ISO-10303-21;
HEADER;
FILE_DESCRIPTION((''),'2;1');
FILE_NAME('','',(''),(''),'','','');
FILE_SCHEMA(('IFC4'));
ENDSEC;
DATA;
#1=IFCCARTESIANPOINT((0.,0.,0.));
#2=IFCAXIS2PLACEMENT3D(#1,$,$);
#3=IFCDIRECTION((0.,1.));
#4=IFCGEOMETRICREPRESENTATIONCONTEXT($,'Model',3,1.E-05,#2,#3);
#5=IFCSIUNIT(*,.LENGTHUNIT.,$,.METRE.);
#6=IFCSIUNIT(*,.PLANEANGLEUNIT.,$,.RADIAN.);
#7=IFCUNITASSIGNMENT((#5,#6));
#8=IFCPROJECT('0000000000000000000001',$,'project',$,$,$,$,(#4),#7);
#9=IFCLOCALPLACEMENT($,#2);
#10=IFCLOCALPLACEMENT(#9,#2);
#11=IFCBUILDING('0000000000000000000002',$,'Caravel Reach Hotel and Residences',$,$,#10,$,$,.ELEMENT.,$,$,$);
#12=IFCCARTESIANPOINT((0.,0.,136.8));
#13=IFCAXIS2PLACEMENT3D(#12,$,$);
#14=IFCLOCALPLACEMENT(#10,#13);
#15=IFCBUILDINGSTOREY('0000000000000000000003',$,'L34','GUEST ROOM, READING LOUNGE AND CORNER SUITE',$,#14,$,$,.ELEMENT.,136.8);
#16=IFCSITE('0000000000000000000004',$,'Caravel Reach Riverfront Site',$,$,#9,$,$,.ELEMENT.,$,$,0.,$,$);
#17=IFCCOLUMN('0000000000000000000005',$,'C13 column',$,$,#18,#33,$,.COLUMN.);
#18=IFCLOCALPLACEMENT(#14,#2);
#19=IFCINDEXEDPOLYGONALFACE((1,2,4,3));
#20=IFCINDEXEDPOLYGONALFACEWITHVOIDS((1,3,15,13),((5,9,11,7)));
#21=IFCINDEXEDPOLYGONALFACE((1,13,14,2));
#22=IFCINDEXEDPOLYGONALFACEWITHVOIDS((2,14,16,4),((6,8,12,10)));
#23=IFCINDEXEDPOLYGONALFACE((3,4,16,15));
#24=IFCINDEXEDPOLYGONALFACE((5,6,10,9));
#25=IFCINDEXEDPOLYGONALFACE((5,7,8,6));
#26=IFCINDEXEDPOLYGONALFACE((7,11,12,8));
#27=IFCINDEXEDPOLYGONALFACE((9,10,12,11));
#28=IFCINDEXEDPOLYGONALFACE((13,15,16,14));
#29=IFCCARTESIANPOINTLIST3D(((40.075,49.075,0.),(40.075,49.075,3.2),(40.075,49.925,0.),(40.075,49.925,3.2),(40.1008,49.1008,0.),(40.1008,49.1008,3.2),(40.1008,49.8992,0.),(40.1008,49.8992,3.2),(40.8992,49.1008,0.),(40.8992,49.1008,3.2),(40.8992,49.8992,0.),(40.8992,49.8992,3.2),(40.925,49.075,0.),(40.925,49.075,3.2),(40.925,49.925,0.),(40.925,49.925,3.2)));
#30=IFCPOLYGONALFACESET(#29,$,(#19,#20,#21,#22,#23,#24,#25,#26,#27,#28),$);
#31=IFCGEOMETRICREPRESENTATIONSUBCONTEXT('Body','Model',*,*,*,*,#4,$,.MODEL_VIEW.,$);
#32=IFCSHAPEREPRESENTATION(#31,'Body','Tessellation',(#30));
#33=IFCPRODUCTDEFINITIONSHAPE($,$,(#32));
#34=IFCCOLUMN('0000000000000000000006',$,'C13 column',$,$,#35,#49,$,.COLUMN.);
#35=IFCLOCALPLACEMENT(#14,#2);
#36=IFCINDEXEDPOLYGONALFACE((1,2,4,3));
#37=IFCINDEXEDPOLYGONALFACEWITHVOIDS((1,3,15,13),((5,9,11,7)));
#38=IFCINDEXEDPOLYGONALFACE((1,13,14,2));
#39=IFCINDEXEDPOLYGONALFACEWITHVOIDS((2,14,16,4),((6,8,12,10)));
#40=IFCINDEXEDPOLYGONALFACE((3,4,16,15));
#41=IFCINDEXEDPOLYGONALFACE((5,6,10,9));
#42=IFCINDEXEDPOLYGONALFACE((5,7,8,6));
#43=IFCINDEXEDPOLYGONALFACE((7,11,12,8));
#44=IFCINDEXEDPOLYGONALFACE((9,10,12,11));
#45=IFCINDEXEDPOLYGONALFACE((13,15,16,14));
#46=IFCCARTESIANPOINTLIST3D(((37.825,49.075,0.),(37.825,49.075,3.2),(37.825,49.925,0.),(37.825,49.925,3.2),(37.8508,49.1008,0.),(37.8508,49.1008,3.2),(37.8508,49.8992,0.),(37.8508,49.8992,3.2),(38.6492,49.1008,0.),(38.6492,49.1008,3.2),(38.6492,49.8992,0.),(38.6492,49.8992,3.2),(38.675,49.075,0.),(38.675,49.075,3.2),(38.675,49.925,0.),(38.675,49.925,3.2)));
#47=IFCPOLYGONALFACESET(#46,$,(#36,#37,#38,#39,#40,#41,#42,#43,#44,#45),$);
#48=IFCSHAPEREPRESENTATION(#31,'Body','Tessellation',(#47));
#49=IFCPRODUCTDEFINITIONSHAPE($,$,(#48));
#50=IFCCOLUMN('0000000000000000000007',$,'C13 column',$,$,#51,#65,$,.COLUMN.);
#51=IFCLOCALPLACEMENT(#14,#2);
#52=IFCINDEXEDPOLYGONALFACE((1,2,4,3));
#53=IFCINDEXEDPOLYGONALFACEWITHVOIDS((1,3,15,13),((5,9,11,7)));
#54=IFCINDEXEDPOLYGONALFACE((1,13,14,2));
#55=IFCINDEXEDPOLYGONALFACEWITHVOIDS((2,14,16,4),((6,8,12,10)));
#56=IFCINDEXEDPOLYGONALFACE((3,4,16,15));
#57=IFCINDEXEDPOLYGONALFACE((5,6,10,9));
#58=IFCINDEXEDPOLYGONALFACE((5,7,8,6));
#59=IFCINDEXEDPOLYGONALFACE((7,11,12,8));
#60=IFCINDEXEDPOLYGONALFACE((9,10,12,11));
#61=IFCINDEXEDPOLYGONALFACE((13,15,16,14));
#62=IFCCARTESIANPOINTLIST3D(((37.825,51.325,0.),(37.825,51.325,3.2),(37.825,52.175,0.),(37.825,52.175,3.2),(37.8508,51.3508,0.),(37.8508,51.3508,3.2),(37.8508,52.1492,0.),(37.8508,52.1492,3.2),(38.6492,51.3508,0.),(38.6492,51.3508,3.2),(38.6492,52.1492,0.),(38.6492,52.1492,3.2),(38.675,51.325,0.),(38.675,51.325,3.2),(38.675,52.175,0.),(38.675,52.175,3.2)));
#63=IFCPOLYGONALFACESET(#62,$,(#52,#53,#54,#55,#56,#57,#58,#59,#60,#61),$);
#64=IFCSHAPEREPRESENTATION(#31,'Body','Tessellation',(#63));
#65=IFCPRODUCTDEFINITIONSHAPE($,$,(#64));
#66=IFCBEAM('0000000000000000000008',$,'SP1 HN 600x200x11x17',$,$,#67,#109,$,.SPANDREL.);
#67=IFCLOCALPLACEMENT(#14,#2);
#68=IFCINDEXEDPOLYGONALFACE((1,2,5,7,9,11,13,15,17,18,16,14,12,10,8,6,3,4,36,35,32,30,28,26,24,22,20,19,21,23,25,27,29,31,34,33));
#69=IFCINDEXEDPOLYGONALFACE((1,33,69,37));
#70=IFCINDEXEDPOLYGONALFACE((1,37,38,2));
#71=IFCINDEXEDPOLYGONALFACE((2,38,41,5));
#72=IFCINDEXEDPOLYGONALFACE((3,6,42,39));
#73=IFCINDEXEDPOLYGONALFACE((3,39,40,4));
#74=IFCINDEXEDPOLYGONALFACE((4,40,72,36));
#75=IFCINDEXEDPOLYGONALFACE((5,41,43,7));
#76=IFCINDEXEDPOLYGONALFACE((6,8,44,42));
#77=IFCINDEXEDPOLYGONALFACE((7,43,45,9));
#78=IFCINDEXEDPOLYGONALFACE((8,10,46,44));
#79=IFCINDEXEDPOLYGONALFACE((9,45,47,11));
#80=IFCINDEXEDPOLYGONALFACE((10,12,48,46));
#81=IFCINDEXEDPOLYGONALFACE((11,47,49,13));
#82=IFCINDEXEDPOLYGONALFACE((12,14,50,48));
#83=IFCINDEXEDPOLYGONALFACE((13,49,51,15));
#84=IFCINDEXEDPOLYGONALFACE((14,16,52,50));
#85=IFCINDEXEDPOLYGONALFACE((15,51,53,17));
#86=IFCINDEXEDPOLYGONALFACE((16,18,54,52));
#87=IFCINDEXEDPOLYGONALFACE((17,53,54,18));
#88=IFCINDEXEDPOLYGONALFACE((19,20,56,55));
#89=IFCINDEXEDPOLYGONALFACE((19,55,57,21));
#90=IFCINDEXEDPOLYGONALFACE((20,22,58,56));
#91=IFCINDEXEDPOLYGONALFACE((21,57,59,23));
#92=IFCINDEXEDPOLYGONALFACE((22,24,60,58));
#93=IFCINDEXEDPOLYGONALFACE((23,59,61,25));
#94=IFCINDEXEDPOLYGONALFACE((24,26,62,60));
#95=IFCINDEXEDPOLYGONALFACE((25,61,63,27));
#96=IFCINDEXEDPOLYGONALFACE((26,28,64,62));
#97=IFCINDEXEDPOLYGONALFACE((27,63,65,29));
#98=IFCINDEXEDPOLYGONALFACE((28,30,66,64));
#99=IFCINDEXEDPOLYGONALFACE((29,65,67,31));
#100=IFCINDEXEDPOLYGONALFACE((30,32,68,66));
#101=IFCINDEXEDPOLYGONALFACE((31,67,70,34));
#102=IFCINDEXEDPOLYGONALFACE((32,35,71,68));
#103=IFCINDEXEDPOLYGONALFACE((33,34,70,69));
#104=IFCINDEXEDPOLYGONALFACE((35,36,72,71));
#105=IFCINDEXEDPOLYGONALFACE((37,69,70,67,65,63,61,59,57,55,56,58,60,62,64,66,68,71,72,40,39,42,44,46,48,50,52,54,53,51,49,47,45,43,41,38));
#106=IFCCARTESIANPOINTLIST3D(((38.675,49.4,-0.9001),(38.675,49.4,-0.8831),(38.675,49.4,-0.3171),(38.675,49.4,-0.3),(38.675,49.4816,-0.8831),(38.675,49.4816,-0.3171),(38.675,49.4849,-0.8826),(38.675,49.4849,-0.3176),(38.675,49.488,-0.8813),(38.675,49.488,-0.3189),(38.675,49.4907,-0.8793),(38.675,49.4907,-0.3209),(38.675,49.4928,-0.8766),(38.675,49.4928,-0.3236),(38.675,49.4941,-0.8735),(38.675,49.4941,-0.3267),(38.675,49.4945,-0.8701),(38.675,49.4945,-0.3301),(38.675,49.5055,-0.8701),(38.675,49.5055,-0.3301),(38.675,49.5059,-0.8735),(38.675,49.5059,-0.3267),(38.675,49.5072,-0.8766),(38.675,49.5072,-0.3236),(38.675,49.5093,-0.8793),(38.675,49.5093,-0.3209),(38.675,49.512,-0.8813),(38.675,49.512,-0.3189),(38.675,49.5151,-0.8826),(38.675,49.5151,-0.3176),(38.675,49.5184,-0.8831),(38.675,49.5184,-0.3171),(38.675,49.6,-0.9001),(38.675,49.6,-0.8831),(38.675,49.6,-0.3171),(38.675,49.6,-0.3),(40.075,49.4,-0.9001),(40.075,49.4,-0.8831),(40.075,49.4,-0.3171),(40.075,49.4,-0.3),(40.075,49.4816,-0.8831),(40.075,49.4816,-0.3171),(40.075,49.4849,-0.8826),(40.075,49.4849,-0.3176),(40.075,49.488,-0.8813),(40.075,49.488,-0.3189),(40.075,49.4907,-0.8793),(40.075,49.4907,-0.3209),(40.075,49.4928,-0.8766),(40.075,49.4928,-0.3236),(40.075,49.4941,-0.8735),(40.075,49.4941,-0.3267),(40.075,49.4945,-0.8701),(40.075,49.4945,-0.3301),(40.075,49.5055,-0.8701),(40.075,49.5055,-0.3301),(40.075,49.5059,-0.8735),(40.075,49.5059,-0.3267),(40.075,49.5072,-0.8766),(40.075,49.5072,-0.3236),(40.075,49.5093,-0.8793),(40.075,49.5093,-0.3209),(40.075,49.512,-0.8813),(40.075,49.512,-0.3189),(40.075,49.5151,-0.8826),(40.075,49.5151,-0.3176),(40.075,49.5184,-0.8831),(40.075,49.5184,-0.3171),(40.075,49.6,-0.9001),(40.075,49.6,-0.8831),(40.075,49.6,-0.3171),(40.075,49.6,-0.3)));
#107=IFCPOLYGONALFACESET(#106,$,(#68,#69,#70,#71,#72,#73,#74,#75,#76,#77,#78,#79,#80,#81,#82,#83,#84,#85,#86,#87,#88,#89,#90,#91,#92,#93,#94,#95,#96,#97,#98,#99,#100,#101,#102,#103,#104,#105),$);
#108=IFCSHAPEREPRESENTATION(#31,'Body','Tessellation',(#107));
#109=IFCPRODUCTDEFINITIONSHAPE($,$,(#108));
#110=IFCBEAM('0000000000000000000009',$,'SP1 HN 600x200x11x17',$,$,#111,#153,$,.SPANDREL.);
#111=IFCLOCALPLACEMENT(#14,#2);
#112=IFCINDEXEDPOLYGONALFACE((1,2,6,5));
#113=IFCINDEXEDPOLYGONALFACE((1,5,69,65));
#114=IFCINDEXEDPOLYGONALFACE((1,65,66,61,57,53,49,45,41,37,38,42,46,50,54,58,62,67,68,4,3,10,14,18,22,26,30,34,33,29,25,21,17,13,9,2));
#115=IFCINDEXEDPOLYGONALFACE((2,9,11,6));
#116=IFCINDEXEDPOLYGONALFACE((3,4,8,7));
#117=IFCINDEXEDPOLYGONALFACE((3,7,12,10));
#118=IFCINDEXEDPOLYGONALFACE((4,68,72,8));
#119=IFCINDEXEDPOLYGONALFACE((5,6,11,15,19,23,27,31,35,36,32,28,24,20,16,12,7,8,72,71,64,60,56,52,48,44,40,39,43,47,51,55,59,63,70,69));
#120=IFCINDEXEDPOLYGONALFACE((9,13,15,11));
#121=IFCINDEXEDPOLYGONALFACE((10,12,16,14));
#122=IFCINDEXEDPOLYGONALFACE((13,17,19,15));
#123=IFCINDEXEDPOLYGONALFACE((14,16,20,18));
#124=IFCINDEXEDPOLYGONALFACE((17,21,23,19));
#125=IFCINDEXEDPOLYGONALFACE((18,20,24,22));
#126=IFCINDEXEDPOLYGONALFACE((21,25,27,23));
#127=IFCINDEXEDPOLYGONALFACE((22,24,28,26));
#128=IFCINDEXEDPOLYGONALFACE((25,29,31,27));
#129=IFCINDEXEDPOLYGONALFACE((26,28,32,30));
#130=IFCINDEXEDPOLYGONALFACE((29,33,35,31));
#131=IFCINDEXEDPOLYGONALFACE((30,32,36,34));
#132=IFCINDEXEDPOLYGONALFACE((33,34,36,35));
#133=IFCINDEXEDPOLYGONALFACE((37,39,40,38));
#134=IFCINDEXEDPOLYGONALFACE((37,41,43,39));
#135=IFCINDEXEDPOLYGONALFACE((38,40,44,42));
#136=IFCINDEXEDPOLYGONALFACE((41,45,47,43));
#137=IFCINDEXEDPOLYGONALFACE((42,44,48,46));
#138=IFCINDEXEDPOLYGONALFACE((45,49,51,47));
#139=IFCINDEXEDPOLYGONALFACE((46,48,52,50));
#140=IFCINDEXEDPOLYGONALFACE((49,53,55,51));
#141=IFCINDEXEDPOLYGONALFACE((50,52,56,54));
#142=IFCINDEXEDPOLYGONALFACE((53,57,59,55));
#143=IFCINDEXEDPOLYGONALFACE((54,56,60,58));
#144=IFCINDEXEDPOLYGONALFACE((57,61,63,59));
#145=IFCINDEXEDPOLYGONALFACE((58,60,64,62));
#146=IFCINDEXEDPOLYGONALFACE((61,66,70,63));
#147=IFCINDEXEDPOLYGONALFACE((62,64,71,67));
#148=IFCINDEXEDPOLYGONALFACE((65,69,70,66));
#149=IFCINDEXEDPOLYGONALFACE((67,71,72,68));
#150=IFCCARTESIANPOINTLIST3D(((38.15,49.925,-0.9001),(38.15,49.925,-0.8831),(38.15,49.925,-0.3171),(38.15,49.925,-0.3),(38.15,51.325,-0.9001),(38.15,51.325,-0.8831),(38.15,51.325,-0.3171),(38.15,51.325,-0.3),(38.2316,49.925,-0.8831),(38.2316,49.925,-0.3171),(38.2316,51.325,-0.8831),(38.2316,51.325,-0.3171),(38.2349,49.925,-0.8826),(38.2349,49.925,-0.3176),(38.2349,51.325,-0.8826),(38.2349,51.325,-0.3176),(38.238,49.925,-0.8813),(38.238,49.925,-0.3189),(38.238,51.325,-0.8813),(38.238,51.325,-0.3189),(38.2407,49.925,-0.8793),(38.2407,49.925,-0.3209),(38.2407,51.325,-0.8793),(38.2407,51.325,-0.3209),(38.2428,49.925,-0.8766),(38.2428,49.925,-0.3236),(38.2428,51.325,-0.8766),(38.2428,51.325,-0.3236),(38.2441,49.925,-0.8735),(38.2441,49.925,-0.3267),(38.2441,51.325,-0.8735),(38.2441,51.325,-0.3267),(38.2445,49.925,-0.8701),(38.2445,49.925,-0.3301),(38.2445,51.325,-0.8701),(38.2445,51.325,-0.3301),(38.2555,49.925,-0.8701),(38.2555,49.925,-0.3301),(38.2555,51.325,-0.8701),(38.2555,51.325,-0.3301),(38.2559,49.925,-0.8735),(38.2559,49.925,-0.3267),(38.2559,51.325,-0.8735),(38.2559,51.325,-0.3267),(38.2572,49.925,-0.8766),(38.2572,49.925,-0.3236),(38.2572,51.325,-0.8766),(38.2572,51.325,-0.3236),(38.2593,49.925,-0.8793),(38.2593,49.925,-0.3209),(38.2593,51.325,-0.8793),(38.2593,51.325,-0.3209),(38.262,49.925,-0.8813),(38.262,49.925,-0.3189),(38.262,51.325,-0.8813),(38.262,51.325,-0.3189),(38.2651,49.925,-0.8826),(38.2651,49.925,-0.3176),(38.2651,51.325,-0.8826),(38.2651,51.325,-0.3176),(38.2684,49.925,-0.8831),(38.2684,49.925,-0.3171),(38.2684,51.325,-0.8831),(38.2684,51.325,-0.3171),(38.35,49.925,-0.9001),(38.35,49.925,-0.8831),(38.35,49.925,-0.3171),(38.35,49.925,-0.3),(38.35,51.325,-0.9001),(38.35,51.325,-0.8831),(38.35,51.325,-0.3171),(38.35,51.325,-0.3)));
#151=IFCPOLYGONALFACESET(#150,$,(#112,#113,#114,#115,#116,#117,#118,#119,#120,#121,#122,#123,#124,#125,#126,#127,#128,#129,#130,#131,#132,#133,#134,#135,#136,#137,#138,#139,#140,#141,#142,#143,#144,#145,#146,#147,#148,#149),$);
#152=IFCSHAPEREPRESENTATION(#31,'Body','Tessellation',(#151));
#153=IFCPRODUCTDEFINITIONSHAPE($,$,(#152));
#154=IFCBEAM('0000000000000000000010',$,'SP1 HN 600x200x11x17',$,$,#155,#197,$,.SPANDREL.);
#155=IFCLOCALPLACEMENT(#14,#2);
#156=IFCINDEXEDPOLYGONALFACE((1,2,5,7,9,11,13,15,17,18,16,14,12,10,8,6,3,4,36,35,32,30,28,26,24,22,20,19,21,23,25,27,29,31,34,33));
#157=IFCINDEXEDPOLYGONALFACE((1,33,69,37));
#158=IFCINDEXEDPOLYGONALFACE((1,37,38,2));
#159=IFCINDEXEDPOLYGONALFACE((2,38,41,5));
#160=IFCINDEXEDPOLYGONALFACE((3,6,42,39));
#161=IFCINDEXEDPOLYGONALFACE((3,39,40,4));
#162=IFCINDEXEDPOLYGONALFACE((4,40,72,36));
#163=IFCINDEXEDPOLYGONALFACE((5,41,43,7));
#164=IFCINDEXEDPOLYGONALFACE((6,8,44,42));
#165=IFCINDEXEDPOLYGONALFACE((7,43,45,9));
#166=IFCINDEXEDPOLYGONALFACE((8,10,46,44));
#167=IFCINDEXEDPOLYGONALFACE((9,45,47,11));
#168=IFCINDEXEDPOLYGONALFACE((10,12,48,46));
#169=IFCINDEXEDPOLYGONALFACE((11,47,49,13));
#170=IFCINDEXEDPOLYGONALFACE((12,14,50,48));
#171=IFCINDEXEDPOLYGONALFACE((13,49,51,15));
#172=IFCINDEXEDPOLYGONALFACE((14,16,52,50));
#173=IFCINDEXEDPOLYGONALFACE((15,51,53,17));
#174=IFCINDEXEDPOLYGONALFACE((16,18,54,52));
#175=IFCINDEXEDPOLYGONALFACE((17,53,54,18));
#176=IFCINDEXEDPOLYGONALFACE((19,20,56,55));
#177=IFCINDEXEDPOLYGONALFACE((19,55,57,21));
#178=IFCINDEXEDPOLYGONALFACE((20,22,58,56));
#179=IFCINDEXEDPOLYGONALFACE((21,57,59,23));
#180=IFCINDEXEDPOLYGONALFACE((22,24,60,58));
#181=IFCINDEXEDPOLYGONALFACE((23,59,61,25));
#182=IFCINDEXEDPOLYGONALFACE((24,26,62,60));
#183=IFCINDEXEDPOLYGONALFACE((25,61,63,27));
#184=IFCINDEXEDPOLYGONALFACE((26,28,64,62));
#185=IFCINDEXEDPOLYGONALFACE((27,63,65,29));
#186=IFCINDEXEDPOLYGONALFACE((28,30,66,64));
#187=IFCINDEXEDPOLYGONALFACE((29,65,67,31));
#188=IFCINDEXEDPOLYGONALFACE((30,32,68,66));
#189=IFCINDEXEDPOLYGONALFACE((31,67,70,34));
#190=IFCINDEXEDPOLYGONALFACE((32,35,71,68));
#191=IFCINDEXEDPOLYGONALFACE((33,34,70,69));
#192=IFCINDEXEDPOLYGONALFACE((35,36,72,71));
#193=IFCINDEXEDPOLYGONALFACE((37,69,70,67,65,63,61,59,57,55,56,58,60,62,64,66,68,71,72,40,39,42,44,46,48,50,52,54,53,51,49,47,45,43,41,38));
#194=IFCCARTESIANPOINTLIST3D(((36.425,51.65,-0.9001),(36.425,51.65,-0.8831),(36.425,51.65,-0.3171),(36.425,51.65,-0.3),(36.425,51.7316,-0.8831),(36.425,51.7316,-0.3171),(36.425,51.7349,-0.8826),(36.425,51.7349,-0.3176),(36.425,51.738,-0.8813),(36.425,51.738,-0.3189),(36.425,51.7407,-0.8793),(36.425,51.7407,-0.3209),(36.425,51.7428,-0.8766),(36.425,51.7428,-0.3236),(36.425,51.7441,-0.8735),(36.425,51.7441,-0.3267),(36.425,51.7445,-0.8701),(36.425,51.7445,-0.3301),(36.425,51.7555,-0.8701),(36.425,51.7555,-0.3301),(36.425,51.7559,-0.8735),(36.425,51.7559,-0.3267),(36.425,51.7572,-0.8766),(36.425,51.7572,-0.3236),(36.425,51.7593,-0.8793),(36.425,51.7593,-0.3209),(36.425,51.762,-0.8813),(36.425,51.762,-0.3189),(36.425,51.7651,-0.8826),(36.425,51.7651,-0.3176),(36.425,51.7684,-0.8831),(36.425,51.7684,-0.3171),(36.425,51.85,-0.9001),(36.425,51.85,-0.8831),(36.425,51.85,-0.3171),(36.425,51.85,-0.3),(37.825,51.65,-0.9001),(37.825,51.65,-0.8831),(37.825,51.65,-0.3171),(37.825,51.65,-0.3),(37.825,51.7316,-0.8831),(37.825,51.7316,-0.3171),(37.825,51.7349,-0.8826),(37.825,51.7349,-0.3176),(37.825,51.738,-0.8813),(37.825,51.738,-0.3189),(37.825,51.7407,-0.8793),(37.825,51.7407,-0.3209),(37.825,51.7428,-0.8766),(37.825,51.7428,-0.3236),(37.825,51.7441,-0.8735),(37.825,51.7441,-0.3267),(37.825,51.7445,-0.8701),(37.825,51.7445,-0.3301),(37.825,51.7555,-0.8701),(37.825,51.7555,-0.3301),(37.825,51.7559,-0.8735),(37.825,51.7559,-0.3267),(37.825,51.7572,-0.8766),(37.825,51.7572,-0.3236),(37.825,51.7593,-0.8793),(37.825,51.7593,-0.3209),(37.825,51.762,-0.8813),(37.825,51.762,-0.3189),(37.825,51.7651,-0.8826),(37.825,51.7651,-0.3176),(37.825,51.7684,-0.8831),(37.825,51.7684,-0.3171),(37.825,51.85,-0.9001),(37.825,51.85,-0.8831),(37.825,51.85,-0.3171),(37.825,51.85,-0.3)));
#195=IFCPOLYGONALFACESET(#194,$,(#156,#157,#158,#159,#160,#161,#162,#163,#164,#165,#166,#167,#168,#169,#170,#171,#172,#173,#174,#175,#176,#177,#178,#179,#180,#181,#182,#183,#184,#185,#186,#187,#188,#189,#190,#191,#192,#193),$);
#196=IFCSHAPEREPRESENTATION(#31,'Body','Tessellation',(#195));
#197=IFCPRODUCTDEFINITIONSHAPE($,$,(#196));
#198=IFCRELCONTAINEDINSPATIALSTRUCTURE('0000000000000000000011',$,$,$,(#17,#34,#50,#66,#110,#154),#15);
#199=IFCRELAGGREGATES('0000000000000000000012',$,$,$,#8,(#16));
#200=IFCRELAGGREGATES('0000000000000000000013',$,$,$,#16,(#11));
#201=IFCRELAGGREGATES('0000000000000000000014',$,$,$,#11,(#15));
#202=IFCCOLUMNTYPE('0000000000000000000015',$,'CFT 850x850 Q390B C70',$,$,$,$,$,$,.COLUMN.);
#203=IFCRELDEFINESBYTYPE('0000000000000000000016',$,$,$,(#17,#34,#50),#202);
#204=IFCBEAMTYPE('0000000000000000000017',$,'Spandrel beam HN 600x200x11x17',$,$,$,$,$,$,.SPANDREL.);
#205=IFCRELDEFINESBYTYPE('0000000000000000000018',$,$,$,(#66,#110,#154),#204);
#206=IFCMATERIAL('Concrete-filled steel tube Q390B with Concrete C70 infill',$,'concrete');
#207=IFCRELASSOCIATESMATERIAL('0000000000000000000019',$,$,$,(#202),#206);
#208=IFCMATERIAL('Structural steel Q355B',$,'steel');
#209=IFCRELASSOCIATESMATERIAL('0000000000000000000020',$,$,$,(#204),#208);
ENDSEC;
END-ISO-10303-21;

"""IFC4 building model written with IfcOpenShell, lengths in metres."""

from ifc_helpers import new_model, si_unit, direction, frame, origin, origin_2d, place, context, subcontext, project, spatial, hollow_rectangle, i_section, extrude, material, material_profile, profile_set, type_object, element, save


model = new_model("IFC4")

# Units and contexts
model_context = context("Model", 3, precision=1e-05, world=origin(), true_north=direction((0.0, 1.0)))
body_context = subcontext(model_context, "Body", "Model", "MODEL_VIEW")
ifc_project = project(units=[si_unit("LENGTHUNIT", "METRE"), si_unit("PLANEANGLEUNIT", "RADIAN")], contexts=[model_context])

# Site, building, storey
site_placement = place(None, origin())
site = spatial("IfcSite", under=ifc_project, at=site_placement, Name="Caravel Reach Riverfront Site", CompositionType="ELEMENT", RefElevation=0.0)
building_placement = place(site_placement, origin())
building = spatial("IfcBuilding", under=site, at=building_placement, Name="Caravel Reach Hotel and Residences", CompositionType="ELEMENT")
storey_placement = place(building_placement, frame((0.0, 0.0, 136.8)))
storey = spatial("IfcBuildingStorey", under=building, at=storey_placement, Name="L34", Description="GUEST ROOM, READING LOUNGE AND CORNER SUITE", CompositionType="ELEMENT", Elevation=136.8)

# Columns
ifc_material_1 = material(Name="Concrete-filled steel tube Q390B with Concrete C70 infill", Category="concrete")
ifc_material_profile_1 = material_profile(ifc_material_1, hollow_rectangle(XDim=0.8501, YDim=0.8501, WallThickness=0.0259, at=origin_2d()), Name="RHS 850x850x26")
ifc_profile_set_1 = profile_set([ifc_material_profile_1], Name="Concrete-filled steel tube Q390B with Concrete C70 infill")
column_type = type_object("IfcColumnType", Name="CFT 850x850 Q390B C70", PredefinedType="COLUMN", material=ifc_profile_set_1)
for number, where, z_axis, x_axis, name in (
    (1, (40.5, 49.5, 0.0), (0.0, 0.0, 1.0), (1.0, 0.0, 0.0), "C13 column"),
    (2, (38.25, 49.5, 0.0), (0.0, 0.0, 1.0), (1.0, 0.0, 0.0), "C13 column"),
    (3, (38.25, 51.75, 0.0), (0.0, 0.0, 1.0), (1.0, 0.0, 0.0), "C13 column"),
):
    element("IfcColumn", number, at=place(storey_placement, frame(where, z_axis=z_axis, x_axis=x_axis)), inside=storey, type_object=column_type, Name=name, PredefinedType="COLUMN", context=body_context, shape_type="SweptSolid", body=[
        extrude(hollow_rectangle(XDim=0.8501, YDim=0.8501, WallThickness=0.0259, at=origin_2d()), origin(), (0.0, 0.0, 1.0), 3.2),
    ])

# Beams
ifc_material_2 = material(Name="Structural steel Q355B", Category="steel")
ifc_material_profile_2 = material_profile(ifc_material_2, i_section(OverallWidth=0.2, OverallDepth=0.6001, WebThickness=0.011, FlangeThickness=0.0171, FilletRadius=0.0129, at=origin_2d()), Name="HN 600x200x11x17")
ifc_profile_set_2 = profile_set([ifc_material_profile_2], Name="Structural steel Q355B")
beam_type = type_object("IfcBeamType", Name="Spandrel beam HN 600x200x11x17", PredefinedType="SPANDREL", material=ifc_profile_set_2)
for number, where, z_axis, x_axis, name in (
    (4, (40.075, 49.5, -0.6001), (-1.0, 0.0, 0.0), (0.0, -1.0, 0.0), "SP1 HN 600x200x11x17"),
    (5, (38.25, 49.925, -0.6001), (0.0, 1.0, 0.0), (-1.0, 0.0, 0.0), "SP1 HN 600x200x11x17"),
    (6, (37.825, 51.75, -0.6001), (-1.0, 0.0, 0.0), (0.0, -1.0, 0.0), "SP1 HN 600x200x11x17"),
):
    element("IfcBeam", number, at=place(storey_placement, frame(where, z_axis=z_axis, x_axis=x_axis)), inside=storey, type_object=beam_type, Name=name, PredefinedType="SPANDREL", context=body_context, shape_type="SweptSolid", body=[
        extrude(i_section(OverallWidth=0.2, OverallDepth=0.6001, WebThickness=0.011, FlangeThickness=0.0171, FilletRadius=0.0129, at=origin_2d()), origin(), (0.0, 0.0, 1.0), 1.3999),
    ])

save(model, "model.ifc")
